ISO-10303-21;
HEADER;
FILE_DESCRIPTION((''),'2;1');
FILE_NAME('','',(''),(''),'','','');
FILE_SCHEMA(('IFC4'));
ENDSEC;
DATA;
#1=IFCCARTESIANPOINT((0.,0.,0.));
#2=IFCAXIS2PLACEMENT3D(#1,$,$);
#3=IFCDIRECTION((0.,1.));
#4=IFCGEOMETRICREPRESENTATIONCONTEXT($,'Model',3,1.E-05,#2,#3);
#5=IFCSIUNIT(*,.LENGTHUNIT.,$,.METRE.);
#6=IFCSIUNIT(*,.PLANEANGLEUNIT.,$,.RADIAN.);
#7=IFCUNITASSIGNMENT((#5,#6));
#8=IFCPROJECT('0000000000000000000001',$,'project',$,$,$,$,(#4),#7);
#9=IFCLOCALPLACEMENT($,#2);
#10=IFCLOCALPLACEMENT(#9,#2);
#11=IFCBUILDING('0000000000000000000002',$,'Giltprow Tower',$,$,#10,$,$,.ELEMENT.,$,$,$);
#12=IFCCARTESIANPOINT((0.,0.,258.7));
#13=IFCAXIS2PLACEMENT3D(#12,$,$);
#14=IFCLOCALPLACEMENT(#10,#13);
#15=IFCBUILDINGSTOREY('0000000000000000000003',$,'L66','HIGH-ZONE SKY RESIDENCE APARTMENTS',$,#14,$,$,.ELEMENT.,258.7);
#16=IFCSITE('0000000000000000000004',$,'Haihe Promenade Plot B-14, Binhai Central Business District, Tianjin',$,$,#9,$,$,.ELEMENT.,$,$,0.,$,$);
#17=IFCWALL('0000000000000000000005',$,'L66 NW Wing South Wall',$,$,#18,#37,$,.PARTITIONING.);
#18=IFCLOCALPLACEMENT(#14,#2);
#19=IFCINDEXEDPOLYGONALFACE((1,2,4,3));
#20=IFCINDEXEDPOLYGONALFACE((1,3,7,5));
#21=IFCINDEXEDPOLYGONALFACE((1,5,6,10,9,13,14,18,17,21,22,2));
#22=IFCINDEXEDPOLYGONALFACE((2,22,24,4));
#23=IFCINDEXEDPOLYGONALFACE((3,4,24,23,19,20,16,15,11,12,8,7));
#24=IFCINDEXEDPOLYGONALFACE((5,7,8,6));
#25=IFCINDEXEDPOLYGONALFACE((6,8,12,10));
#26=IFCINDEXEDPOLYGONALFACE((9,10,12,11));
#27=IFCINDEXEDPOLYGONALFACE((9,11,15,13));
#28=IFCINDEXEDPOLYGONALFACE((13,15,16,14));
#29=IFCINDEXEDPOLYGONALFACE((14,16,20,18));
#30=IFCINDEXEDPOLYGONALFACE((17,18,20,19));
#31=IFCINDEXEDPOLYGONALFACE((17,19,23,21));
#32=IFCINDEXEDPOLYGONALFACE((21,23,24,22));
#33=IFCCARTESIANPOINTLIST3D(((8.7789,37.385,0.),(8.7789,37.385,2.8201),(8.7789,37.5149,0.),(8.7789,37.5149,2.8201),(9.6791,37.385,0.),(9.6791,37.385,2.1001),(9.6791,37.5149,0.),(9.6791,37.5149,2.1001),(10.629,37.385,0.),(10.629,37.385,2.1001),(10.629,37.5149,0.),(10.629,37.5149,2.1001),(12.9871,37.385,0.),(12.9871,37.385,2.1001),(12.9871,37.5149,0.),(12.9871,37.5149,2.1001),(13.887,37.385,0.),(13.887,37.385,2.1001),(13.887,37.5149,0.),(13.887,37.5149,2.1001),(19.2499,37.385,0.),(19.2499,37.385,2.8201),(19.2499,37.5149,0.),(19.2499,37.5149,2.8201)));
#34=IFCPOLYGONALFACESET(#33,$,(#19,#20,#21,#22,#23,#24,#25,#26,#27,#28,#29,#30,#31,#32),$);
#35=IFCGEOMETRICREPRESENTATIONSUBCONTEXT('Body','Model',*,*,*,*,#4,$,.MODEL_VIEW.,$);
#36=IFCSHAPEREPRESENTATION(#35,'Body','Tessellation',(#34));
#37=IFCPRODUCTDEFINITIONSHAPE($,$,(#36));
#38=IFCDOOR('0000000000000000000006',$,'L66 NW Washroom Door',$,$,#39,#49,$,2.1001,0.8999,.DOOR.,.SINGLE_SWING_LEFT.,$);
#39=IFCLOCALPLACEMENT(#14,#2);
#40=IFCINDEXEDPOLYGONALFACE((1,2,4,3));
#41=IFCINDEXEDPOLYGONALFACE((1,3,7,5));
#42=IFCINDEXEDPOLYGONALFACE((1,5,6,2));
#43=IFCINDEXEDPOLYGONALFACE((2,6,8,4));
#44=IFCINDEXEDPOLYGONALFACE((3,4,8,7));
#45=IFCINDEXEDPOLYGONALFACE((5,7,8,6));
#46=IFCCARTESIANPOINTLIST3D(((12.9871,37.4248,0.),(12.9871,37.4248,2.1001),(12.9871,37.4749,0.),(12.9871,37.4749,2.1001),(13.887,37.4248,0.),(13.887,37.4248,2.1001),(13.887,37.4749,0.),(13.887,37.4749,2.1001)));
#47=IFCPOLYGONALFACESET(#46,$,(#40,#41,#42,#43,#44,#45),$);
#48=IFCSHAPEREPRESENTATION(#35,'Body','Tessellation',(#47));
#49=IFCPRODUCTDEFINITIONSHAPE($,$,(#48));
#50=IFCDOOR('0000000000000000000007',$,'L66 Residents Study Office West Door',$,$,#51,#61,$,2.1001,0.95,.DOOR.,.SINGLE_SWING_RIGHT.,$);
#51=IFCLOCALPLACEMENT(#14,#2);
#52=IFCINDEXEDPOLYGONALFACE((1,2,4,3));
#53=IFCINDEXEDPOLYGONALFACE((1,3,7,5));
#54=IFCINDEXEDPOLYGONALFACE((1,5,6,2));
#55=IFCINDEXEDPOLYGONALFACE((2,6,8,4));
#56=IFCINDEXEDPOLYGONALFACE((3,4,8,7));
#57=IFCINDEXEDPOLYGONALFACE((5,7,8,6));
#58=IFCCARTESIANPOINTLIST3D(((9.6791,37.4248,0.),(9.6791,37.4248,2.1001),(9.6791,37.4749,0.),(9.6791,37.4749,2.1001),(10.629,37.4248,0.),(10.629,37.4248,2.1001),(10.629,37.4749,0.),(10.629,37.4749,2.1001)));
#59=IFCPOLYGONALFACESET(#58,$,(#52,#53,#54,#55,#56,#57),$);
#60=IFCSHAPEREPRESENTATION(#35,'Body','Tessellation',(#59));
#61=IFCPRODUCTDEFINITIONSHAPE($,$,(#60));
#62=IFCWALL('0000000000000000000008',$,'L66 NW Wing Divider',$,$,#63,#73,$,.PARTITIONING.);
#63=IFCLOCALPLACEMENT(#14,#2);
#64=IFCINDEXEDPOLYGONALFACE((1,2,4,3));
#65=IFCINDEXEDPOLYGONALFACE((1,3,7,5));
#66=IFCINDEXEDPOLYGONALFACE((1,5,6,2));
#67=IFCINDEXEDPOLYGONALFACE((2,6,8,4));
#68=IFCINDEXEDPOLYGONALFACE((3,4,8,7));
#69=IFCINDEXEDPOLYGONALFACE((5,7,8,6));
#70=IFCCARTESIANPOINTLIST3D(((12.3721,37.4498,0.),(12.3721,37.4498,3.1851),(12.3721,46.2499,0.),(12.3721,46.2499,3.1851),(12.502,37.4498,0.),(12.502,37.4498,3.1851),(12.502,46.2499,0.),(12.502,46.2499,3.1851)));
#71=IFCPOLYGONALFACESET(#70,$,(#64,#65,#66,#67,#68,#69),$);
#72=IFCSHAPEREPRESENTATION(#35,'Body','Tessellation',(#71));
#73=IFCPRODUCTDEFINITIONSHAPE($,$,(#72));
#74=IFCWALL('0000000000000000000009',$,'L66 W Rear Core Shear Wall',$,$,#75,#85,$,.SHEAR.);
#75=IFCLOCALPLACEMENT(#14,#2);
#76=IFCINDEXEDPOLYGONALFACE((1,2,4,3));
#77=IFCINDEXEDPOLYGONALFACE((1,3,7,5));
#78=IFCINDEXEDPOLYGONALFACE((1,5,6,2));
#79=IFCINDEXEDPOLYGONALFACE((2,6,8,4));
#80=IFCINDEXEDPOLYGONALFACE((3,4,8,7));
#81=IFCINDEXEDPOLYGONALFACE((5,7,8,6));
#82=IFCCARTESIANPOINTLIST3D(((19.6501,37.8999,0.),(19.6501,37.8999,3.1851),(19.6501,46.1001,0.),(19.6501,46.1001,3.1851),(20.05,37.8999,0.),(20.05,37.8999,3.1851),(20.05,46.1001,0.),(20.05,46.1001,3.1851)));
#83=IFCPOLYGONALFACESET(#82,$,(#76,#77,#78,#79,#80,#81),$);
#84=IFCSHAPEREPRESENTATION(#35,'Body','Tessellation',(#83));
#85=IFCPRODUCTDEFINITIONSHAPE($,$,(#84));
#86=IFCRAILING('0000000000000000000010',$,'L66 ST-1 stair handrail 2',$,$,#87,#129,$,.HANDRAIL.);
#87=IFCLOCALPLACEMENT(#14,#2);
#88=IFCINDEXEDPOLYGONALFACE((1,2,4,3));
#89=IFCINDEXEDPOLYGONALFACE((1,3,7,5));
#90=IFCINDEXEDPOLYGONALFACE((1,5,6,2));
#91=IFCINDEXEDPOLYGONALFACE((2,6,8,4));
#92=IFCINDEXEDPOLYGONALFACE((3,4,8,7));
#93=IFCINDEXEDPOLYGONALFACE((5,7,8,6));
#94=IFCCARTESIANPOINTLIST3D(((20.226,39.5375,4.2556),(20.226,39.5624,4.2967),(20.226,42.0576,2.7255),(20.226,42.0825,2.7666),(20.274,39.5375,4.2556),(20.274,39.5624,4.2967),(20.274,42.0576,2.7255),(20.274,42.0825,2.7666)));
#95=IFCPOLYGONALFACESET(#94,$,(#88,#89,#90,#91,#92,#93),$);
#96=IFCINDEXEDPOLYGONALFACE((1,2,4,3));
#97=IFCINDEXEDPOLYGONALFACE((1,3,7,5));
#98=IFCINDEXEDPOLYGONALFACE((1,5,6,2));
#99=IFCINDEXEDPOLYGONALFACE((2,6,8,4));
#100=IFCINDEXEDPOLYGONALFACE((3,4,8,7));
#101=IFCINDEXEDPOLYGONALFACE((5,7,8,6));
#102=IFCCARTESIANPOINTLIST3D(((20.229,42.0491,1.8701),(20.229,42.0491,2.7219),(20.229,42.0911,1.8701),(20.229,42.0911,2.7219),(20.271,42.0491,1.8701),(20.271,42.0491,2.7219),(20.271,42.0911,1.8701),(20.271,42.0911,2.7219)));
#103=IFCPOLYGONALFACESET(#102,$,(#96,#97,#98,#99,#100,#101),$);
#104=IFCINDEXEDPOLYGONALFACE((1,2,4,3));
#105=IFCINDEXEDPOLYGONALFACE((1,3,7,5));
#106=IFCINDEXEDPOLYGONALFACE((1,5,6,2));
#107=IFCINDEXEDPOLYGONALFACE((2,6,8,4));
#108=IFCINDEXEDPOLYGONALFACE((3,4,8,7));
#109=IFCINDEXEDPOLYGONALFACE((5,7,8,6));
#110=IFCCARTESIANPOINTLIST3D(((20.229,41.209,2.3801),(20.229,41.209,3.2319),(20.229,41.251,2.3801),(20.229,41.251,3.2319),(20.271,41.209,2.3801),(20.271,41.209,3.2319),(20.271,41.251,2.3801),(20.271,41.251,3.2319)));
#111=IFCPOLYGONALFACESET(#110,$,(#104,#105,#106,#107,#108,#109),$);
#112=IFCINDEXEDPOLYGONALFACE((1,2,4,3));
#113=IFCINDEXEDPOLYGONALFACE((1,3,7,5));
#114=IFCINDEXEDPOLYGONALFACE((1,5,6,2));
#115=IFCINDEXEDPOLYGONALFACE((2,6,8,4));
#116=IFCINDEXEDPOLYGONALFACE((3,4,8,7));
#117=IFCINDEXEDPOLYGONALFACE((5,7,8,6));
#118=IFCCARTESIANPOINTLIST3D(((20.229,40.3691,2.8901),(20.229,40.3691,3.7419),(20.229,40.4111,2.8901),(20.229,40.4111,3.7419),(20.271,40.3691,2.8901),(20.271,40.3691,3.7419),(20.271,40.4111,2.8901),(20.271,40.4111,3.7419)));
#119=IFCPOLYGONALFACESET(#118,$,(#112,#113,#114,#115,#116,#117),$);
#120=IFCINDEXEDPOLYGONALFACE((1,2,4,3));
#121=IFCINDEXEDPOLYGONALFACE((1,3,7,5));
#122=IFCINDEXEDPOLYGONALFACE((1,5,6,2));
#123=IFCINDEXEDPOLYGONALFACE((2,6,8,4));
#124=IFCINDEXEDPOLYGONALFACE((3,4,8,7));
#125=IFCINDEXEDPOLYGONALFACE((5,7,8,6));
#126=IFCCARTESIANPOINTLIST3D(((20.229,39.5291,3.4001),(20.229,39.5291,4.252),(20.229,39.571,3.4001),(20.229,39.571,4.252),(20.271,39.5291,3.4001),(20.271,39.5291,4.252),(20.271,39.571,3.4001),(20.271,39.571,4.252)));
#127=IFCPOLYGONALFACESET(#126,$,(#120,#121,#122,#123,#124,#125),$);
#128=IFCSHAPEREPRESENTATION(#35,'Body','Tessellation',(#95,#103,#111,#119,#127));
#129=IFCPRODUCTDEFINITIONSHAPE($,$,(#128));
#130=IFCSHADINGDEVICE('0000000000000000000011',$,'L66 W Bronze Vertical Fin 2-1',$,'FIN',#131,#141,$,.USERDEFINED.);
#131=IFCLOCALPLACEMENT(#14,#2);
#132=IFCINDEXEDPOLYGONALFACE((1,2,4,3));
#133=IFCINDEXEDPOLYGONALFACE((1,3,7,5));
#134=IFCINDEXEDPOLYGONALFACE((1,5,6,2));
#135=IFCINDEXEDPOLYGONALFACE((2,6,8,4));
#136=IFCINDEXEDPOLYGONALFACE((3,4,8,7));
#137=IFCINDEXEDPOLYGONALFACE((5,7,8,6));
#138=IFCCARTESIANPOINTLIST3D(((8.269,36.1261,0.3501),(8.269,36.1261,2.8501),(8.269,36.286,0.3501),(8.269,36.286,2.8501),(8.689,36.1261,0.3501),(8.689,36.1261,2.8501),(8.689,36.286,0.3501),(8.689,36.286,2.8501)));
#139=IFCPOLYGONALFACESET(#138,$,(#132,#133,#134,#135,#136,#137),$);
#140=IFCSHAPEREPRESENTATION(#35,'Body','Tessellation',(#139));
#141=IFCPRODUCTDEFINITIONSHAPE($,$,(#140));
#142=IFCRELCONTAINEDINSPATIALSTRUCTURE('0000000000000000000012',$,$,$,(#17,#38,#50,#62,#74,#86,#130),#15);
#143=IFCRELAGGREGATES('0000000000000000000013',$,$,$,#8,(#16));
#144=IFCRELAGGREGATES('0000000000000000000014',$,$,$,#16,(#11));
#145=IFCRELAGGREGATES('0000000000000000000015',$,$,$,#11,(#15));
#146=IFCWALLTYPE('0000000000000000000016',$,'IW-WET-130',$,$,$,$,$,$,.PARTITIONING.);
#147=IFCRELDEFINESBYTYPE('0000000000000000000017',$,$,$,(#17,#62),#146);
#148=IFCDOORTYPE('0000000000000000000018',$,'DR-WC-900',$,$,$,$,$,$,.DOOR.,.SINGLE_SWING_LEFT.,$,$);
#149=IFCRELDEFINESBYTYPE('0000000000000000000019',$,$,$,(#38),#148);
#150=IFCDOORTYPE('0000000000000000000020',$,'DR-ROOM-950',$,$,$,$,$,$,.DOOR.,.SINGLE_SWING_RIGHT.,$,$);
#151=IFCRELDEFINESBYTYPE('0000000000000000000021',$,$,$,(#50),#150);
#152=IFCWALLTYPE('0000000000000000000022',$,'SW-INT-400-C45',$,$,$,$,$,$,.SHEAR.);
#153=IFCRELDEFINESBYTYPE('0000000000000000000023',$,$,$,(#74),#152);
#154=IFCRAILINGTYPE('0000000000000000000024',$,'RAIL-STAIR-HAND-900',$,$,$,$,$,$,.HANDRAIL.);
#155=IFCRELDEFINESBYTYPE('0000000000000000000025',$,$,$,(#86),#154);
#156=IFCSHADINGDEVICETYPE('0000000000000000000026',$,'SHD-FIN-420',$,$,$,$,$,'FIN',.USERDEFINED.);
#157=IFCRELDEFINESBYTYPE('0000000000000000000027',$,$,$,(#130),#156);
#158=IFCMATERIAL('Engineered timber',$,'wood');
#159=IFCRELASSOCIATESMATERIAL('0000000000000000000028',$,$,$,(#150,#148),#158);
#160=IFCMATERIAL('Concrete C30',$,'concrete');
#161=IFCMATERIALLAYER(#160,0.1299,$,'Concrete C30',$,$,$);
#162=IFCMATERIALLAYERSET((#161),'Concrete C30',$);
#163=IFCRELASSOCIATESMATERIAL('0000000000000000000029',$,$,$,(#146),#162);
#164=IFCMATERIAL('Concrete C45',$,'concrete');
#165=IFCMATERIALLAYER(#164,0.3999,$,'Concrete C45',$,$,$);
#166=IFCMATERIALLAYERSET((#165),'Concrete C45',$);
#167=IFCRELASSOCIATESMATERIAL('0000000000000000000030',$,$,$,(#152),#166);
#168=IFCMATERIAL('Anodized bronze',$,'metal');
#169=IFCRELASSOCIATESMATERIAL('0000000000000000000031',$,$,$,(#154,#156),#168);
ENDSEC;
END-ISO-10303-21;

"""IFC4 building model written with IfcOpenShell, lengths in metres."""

from ifc_helpers import new_model, si_unit, direction, frame, frame_2d, origin, origin_2d, place, context, subcontext, project, spatial, rectangle, extrude, source, transform, mapped, material, layer, layer_set, type_object, element, fill, save


model = new_model("IFC4")

# Units and contexts
model_context = context("Model", 3, precision=1e-05, world=origin(), true_north=direction((0.0, 1.0)))
body_context = subcontext(model_context, "Body", "Model", "MODEL_VIEW")
ifc_project = project(units=[si_unit("LENGTHUNIT", "METRE"), si_unit("PLANEANGLEUNIT", "RADIAN")], contexts=[model_context])

# Site, building, storey
site_placement = place(None, origin())
site = spatial("IfcSite", under=ifc_project, at=site_placement, Name="Haihe Promenade Plot B-14, Binhai Central Business District, Tianjin", CompositionType="ELEMENT", RefElevation=0.0)
building_placement = place(site_placement, origin())
building = spatial("IfcBuilding", under=site, at=building_placement, Name="Giltprow Tower", CompositionType="ELEMENT")
storey_placement = place(building_placement, frame((0.0, 0.0, 258.7)))
storey = spatial("IfcBuildingStorey", under=building, at=storey_placement, Name="L66", Description="HIGH-ZONE SKY RESIDENCE APARTMENTS", CompositionType="ELEMENT", Elevation=258.7)

# Shared definitions
ifc_material_1 = material(Name="Concrete C45", Category="concrete")

# Shared definitions
ifc_material_2 = material(Name="Engineered timber", Category="wood")

# Shared definitions
door_type_1 = type_object("IfcDoorType", Name="DR-ROOM-950", OperationType="SINGLE_SWING_RIGHT", PredefinedType="DOOR", material=ifc_material_2)
shared_shape_1 = source(origin(), body_context, "Body", "SweptSolid", [
    extrude(rectangle(XDim=0.95, YDim=2.1001, at=frame_2d((0.4751, 1.05))), frame((0.0, 0.0249, 0.0), z_axis=(0.0, -1.0, 0.0), x_axis=(1.0, 0.0, 0.0)), (0.0, 0.0, 1.0), 0.05),
])

# Wall, openings, doors
ifc_material_3 = material(Name="Concrete C30", Category="concrete")
ifc_layer_1 = layer(ifc_material_3, 0.1299, Name="Concrete C30")
ifc_layer_set_1 = layer_set([ifc_layer_1], Name="Concrete C30")
wall_type_1 = type_object("IfcWallType", Name="IW-WET-130", PredefinedType="PARTITIONING", material=ifc_layer_set_1)
wall_1_placement = place(storey_placement, frame((8.7791, 37.45, 0.0), z_axis=(0.0, 0.0, 1.0), x_axis=(1.0, 0.0, 0.0)))
wall_1 = element("IfcWall", 1, at=wall_1_placement, inside=storey, type_object=wall_type_1, Name="L66 NW Wing South Wall", PredefinedType="PARTITIONING", context=body_context, shape_type="SweptSolid", body=[
    extrude(rectangle(XDim=10.4709, YDim=0.1299, at=frame_2d((5.2354, 0.0))), origin(), (0.0, 0.0, 1.0), 2.8201),
])
opening_1_placement = place(wall_1_placement, frame((0.8999, 0.0, 0.0)))
opening_1 = element("IfcOpeningElement", 2, at=opening_1_placement, cuts=wall_1, PredefinedType="OPENING", context=body_context, shape_type="SweptSolid", body=[
    extrude(rectangle(XDim=0.95, YDim=2.1001, at=frame_2d((0.4751, 1.05))), frame((0.0, 0.075, 0.0), z_axis=(0.0, -1.0, 0.0), x_axis=(1.0, 0.0, 0.0)), (0.0, 0.0, 1.0), 0.1499),
])
opening_2_placement = place(wall_1_placement, frame((4.208, 0.0, 0.0)))
opening_2 = element("IfcOpeningElement", 3, at=opening_2_placement, cuts=wall_1, PredefinedType="OPENING", context=body_context, shape_type="SweptSolid", body=[
    extrude(rectangle(XDim=0.8999, YDim=2.1001, at=frame_2d((0.45, 1.05))), frame((0.0, 0.075, 0.0), z_axis=(0.0, -1.0, 0.0), x_axis=(1.0, 0.0, 0.0)), (0.0, 0.0, 1.0), 0.1499),
])
door_type_2 = type_object("IfcDoorType", Name="DR-WC-900", OperationType="SINGLE_SWING_LEFT", PredefinedType="DOOR", material=ifc_material_2)
shared_shape_2 = source(origin(), body_context, "Body", "SweptSolid", [
    extrude(rectangle(XDim=0.8999, YDim=2.1001, at=frame_2d((0.45, 1.05))), frame((0.0, 0.0249, 0.0), z_axis=(0.0, -1.0, 0.0), x_axis=(1.0, 0.0, 0.0)), (0.0, 0.0, 1.0), 0.05),
])
door_1_placement = place(opening_2_placement, origin())
door_1 = element("IfcDoor", 4, at=door_1_placement, inside=storey, type_object=door_type_2, Name="L66 NW Washroom Door", OperationType="SINGLE_SWING_LEFT", OverallHeight=2.1001, OverallWidth=0.8999, PredefinedType="DOOR", context=body_context, shape_type="MappedRepresentation", body=[
    mapped(shared_shape_2, transform((0.0, 0.0, 0.0), x_axis=(1.0, 0.0, 0.0), y_axis=(0.0, 1.0, 0.0), z_axis=(0.0, 0.0, 1.0), scale=1.0)),
])
fill(opening_2, door_1)
door_2_placement = place(opening_1_placement, origin())
door_2 = element("IfcDoor", 5, at=door_2_placement, inside=storey, type_object=door_type_1, Name="L66 Residents Study Office West Door", OperationType="SINGLE_SWING_RIGHT", OverallHeight=2.1001, OverallWidth=0.95, PredefinedType="DOOR", context=body_context, shape_type="MappedRepresentation", body=[
    mapped(shared_shape_1, transform((0.0, 0.0, 0.0), x_axis=(1.0, 0.0, 0.0), y_axis=(0.0, 1.0, 0.0), z_axis=(0.0, 0.0, 1.0), scale=1.0)),
])
fill(opening_1, door_2)

# Walls
wall_2_placement = place(storey_placement, frame((12.437, 37.45, 0.0), z_axis=(0.0, 0.0, 1.0), x_axis=(0.0, 1.0, 0.0)))
element("IfcWall", 6, at=wall_2_placement, inside=storey, type_object=wall_type_1, Name="L66 NW Wing Divider", PredefinedType="PARTITIONING", context=body_context, shape_type="SweptSolid", body=[
    extrude(rectangle(XDim=8.8, YDim=0.1299, at=frame_2d((4.3999, 0.0))), origin(), (0.0, 0.0, 1.0), 3.1851),
])
ifc_layer_2 = layer(ifc_material_1, 0.3999, Name="Concrete C45")
ifc_layer_set_2 = layer_set([ifc_layer_2], Name="Concrete C45")
wall_type_2 = type_object("IfcWallType", Name="SW-INT-400-C45", PredefinedType="SHEAR", material=ifc_layer_set_2)
wall_3_placement = place(storey_placement, frame((19.8501, 37.8999, 0.0), z_axis=(0.0, 0.0, 1.0), x_axis=(0.0, 1.0, 0.0)))
element("IfcWall", 7, at=wall_3_placement, inside=storey, type_object=wall_type_2, Name="L66 W Rear Core Shear Wall", PredefinedType="SHEAR", context=body_context, shape_type="SweptSolid", body=[
    extrude(rectangle(XDim=8.2002, YDim=0.3999, at=frame_2d((4.1001, 0.0))), origin(), (0.0, 0.0, 1.0), 3.1851),
])

# Railing
ifc_material_4 = material(Name="Anodized bronze", Category="metal")
railing_type = type_object("IfcRailingType", Name="RAIL-STAIR-HAND-900", PredefinedType="HANDRAIL", material=ifc_material_4)
railing_placement = place(storey_placement, frame((20.25, 42.0701, 1.8701)))
element("IfcRailing", 8, at=railing_placement, inside=storey, type_object=railing_type, Name="L66 ST-1 stair handrail 2", PredefinedType="HANDRAIL", context=body_context, shape_type="SweptSolid", body=[
    extrude(rectangle(XDim=0.0481, YDim=0.0481, at=origin_2d()), frame((0.0, 0.0, 0.876), z_axis=(0.0, -0.854785, 0.518982), x_axis=(1.0, 0.0, 0.0)), (0.0, 0.0, 1.0), 2.9482),
    extrude(rectangle(XDim=0.042, YDim=0.042, at=origin_2d()), origin(), (0.0, 0.0, 1.0), 0.8518),
    extrude(rectangle(XDim=0.042, YDim=0.042, at=origin_2d()), frame((0.0, -0.8401, 0.51)), (0.0, 0.0, 1.0), 0.8518),
    extrude(rectangle(XDim=0.042, YDim=0.042, at=origin_2d()), frame((0.0, -1.6799, 1.02)), (0.0, 0.0, 1.0), 0.8518),
    extrude(rectangle(XDim=0.042, YDim=0.042, at=origin_2d()), frame((0.0, -2.52, 1.53)), (0.0, 0.0, 1.0), 0.8518),
])

# Shading device
shading_device_type = type_object("IfcShadingDeviceType", Name="SHD-FIN-420", ElementType="FIN", PredefinedType="USERDEFINED", material=ifc_material_4)
shared_shape_3 = source(origin(), body_context, "Body", "SweptSolid", [
    extrude(rectangle(XDim=0.4199, YDim=0.1599, at=origin_2d()), origin(), (0.0, 0.0, 1.0), 2.5),
])
shading_device_placement = place(storey_placement, frame((8.479, 36.2061, 0.3501), z_axis=(0.0, 0.0, 1.0), x_axis=(1.0, 0.0, 0.0)))
element("IfcShadingDevice", 9, at=shading_device_placement, inside=storey, type_object=shading_device_type, Name="L66 W Bronze Vertical Fin 2-1", ObjectType="FIN", PredefinedType="USERDEFINED", context=body_context, shape_type="MappedRepresentation", body=[
    mapped(shared_shape_3, transform((0.0, 0.0, 0.0), x_axis=(1.0, 0.0, 0.0), y_axis=(0.0, 1.0, 0.0), z_axis=(0.0, 0.0, 1.0), scale=1.0)),
])

save(model, "model.ifc")
